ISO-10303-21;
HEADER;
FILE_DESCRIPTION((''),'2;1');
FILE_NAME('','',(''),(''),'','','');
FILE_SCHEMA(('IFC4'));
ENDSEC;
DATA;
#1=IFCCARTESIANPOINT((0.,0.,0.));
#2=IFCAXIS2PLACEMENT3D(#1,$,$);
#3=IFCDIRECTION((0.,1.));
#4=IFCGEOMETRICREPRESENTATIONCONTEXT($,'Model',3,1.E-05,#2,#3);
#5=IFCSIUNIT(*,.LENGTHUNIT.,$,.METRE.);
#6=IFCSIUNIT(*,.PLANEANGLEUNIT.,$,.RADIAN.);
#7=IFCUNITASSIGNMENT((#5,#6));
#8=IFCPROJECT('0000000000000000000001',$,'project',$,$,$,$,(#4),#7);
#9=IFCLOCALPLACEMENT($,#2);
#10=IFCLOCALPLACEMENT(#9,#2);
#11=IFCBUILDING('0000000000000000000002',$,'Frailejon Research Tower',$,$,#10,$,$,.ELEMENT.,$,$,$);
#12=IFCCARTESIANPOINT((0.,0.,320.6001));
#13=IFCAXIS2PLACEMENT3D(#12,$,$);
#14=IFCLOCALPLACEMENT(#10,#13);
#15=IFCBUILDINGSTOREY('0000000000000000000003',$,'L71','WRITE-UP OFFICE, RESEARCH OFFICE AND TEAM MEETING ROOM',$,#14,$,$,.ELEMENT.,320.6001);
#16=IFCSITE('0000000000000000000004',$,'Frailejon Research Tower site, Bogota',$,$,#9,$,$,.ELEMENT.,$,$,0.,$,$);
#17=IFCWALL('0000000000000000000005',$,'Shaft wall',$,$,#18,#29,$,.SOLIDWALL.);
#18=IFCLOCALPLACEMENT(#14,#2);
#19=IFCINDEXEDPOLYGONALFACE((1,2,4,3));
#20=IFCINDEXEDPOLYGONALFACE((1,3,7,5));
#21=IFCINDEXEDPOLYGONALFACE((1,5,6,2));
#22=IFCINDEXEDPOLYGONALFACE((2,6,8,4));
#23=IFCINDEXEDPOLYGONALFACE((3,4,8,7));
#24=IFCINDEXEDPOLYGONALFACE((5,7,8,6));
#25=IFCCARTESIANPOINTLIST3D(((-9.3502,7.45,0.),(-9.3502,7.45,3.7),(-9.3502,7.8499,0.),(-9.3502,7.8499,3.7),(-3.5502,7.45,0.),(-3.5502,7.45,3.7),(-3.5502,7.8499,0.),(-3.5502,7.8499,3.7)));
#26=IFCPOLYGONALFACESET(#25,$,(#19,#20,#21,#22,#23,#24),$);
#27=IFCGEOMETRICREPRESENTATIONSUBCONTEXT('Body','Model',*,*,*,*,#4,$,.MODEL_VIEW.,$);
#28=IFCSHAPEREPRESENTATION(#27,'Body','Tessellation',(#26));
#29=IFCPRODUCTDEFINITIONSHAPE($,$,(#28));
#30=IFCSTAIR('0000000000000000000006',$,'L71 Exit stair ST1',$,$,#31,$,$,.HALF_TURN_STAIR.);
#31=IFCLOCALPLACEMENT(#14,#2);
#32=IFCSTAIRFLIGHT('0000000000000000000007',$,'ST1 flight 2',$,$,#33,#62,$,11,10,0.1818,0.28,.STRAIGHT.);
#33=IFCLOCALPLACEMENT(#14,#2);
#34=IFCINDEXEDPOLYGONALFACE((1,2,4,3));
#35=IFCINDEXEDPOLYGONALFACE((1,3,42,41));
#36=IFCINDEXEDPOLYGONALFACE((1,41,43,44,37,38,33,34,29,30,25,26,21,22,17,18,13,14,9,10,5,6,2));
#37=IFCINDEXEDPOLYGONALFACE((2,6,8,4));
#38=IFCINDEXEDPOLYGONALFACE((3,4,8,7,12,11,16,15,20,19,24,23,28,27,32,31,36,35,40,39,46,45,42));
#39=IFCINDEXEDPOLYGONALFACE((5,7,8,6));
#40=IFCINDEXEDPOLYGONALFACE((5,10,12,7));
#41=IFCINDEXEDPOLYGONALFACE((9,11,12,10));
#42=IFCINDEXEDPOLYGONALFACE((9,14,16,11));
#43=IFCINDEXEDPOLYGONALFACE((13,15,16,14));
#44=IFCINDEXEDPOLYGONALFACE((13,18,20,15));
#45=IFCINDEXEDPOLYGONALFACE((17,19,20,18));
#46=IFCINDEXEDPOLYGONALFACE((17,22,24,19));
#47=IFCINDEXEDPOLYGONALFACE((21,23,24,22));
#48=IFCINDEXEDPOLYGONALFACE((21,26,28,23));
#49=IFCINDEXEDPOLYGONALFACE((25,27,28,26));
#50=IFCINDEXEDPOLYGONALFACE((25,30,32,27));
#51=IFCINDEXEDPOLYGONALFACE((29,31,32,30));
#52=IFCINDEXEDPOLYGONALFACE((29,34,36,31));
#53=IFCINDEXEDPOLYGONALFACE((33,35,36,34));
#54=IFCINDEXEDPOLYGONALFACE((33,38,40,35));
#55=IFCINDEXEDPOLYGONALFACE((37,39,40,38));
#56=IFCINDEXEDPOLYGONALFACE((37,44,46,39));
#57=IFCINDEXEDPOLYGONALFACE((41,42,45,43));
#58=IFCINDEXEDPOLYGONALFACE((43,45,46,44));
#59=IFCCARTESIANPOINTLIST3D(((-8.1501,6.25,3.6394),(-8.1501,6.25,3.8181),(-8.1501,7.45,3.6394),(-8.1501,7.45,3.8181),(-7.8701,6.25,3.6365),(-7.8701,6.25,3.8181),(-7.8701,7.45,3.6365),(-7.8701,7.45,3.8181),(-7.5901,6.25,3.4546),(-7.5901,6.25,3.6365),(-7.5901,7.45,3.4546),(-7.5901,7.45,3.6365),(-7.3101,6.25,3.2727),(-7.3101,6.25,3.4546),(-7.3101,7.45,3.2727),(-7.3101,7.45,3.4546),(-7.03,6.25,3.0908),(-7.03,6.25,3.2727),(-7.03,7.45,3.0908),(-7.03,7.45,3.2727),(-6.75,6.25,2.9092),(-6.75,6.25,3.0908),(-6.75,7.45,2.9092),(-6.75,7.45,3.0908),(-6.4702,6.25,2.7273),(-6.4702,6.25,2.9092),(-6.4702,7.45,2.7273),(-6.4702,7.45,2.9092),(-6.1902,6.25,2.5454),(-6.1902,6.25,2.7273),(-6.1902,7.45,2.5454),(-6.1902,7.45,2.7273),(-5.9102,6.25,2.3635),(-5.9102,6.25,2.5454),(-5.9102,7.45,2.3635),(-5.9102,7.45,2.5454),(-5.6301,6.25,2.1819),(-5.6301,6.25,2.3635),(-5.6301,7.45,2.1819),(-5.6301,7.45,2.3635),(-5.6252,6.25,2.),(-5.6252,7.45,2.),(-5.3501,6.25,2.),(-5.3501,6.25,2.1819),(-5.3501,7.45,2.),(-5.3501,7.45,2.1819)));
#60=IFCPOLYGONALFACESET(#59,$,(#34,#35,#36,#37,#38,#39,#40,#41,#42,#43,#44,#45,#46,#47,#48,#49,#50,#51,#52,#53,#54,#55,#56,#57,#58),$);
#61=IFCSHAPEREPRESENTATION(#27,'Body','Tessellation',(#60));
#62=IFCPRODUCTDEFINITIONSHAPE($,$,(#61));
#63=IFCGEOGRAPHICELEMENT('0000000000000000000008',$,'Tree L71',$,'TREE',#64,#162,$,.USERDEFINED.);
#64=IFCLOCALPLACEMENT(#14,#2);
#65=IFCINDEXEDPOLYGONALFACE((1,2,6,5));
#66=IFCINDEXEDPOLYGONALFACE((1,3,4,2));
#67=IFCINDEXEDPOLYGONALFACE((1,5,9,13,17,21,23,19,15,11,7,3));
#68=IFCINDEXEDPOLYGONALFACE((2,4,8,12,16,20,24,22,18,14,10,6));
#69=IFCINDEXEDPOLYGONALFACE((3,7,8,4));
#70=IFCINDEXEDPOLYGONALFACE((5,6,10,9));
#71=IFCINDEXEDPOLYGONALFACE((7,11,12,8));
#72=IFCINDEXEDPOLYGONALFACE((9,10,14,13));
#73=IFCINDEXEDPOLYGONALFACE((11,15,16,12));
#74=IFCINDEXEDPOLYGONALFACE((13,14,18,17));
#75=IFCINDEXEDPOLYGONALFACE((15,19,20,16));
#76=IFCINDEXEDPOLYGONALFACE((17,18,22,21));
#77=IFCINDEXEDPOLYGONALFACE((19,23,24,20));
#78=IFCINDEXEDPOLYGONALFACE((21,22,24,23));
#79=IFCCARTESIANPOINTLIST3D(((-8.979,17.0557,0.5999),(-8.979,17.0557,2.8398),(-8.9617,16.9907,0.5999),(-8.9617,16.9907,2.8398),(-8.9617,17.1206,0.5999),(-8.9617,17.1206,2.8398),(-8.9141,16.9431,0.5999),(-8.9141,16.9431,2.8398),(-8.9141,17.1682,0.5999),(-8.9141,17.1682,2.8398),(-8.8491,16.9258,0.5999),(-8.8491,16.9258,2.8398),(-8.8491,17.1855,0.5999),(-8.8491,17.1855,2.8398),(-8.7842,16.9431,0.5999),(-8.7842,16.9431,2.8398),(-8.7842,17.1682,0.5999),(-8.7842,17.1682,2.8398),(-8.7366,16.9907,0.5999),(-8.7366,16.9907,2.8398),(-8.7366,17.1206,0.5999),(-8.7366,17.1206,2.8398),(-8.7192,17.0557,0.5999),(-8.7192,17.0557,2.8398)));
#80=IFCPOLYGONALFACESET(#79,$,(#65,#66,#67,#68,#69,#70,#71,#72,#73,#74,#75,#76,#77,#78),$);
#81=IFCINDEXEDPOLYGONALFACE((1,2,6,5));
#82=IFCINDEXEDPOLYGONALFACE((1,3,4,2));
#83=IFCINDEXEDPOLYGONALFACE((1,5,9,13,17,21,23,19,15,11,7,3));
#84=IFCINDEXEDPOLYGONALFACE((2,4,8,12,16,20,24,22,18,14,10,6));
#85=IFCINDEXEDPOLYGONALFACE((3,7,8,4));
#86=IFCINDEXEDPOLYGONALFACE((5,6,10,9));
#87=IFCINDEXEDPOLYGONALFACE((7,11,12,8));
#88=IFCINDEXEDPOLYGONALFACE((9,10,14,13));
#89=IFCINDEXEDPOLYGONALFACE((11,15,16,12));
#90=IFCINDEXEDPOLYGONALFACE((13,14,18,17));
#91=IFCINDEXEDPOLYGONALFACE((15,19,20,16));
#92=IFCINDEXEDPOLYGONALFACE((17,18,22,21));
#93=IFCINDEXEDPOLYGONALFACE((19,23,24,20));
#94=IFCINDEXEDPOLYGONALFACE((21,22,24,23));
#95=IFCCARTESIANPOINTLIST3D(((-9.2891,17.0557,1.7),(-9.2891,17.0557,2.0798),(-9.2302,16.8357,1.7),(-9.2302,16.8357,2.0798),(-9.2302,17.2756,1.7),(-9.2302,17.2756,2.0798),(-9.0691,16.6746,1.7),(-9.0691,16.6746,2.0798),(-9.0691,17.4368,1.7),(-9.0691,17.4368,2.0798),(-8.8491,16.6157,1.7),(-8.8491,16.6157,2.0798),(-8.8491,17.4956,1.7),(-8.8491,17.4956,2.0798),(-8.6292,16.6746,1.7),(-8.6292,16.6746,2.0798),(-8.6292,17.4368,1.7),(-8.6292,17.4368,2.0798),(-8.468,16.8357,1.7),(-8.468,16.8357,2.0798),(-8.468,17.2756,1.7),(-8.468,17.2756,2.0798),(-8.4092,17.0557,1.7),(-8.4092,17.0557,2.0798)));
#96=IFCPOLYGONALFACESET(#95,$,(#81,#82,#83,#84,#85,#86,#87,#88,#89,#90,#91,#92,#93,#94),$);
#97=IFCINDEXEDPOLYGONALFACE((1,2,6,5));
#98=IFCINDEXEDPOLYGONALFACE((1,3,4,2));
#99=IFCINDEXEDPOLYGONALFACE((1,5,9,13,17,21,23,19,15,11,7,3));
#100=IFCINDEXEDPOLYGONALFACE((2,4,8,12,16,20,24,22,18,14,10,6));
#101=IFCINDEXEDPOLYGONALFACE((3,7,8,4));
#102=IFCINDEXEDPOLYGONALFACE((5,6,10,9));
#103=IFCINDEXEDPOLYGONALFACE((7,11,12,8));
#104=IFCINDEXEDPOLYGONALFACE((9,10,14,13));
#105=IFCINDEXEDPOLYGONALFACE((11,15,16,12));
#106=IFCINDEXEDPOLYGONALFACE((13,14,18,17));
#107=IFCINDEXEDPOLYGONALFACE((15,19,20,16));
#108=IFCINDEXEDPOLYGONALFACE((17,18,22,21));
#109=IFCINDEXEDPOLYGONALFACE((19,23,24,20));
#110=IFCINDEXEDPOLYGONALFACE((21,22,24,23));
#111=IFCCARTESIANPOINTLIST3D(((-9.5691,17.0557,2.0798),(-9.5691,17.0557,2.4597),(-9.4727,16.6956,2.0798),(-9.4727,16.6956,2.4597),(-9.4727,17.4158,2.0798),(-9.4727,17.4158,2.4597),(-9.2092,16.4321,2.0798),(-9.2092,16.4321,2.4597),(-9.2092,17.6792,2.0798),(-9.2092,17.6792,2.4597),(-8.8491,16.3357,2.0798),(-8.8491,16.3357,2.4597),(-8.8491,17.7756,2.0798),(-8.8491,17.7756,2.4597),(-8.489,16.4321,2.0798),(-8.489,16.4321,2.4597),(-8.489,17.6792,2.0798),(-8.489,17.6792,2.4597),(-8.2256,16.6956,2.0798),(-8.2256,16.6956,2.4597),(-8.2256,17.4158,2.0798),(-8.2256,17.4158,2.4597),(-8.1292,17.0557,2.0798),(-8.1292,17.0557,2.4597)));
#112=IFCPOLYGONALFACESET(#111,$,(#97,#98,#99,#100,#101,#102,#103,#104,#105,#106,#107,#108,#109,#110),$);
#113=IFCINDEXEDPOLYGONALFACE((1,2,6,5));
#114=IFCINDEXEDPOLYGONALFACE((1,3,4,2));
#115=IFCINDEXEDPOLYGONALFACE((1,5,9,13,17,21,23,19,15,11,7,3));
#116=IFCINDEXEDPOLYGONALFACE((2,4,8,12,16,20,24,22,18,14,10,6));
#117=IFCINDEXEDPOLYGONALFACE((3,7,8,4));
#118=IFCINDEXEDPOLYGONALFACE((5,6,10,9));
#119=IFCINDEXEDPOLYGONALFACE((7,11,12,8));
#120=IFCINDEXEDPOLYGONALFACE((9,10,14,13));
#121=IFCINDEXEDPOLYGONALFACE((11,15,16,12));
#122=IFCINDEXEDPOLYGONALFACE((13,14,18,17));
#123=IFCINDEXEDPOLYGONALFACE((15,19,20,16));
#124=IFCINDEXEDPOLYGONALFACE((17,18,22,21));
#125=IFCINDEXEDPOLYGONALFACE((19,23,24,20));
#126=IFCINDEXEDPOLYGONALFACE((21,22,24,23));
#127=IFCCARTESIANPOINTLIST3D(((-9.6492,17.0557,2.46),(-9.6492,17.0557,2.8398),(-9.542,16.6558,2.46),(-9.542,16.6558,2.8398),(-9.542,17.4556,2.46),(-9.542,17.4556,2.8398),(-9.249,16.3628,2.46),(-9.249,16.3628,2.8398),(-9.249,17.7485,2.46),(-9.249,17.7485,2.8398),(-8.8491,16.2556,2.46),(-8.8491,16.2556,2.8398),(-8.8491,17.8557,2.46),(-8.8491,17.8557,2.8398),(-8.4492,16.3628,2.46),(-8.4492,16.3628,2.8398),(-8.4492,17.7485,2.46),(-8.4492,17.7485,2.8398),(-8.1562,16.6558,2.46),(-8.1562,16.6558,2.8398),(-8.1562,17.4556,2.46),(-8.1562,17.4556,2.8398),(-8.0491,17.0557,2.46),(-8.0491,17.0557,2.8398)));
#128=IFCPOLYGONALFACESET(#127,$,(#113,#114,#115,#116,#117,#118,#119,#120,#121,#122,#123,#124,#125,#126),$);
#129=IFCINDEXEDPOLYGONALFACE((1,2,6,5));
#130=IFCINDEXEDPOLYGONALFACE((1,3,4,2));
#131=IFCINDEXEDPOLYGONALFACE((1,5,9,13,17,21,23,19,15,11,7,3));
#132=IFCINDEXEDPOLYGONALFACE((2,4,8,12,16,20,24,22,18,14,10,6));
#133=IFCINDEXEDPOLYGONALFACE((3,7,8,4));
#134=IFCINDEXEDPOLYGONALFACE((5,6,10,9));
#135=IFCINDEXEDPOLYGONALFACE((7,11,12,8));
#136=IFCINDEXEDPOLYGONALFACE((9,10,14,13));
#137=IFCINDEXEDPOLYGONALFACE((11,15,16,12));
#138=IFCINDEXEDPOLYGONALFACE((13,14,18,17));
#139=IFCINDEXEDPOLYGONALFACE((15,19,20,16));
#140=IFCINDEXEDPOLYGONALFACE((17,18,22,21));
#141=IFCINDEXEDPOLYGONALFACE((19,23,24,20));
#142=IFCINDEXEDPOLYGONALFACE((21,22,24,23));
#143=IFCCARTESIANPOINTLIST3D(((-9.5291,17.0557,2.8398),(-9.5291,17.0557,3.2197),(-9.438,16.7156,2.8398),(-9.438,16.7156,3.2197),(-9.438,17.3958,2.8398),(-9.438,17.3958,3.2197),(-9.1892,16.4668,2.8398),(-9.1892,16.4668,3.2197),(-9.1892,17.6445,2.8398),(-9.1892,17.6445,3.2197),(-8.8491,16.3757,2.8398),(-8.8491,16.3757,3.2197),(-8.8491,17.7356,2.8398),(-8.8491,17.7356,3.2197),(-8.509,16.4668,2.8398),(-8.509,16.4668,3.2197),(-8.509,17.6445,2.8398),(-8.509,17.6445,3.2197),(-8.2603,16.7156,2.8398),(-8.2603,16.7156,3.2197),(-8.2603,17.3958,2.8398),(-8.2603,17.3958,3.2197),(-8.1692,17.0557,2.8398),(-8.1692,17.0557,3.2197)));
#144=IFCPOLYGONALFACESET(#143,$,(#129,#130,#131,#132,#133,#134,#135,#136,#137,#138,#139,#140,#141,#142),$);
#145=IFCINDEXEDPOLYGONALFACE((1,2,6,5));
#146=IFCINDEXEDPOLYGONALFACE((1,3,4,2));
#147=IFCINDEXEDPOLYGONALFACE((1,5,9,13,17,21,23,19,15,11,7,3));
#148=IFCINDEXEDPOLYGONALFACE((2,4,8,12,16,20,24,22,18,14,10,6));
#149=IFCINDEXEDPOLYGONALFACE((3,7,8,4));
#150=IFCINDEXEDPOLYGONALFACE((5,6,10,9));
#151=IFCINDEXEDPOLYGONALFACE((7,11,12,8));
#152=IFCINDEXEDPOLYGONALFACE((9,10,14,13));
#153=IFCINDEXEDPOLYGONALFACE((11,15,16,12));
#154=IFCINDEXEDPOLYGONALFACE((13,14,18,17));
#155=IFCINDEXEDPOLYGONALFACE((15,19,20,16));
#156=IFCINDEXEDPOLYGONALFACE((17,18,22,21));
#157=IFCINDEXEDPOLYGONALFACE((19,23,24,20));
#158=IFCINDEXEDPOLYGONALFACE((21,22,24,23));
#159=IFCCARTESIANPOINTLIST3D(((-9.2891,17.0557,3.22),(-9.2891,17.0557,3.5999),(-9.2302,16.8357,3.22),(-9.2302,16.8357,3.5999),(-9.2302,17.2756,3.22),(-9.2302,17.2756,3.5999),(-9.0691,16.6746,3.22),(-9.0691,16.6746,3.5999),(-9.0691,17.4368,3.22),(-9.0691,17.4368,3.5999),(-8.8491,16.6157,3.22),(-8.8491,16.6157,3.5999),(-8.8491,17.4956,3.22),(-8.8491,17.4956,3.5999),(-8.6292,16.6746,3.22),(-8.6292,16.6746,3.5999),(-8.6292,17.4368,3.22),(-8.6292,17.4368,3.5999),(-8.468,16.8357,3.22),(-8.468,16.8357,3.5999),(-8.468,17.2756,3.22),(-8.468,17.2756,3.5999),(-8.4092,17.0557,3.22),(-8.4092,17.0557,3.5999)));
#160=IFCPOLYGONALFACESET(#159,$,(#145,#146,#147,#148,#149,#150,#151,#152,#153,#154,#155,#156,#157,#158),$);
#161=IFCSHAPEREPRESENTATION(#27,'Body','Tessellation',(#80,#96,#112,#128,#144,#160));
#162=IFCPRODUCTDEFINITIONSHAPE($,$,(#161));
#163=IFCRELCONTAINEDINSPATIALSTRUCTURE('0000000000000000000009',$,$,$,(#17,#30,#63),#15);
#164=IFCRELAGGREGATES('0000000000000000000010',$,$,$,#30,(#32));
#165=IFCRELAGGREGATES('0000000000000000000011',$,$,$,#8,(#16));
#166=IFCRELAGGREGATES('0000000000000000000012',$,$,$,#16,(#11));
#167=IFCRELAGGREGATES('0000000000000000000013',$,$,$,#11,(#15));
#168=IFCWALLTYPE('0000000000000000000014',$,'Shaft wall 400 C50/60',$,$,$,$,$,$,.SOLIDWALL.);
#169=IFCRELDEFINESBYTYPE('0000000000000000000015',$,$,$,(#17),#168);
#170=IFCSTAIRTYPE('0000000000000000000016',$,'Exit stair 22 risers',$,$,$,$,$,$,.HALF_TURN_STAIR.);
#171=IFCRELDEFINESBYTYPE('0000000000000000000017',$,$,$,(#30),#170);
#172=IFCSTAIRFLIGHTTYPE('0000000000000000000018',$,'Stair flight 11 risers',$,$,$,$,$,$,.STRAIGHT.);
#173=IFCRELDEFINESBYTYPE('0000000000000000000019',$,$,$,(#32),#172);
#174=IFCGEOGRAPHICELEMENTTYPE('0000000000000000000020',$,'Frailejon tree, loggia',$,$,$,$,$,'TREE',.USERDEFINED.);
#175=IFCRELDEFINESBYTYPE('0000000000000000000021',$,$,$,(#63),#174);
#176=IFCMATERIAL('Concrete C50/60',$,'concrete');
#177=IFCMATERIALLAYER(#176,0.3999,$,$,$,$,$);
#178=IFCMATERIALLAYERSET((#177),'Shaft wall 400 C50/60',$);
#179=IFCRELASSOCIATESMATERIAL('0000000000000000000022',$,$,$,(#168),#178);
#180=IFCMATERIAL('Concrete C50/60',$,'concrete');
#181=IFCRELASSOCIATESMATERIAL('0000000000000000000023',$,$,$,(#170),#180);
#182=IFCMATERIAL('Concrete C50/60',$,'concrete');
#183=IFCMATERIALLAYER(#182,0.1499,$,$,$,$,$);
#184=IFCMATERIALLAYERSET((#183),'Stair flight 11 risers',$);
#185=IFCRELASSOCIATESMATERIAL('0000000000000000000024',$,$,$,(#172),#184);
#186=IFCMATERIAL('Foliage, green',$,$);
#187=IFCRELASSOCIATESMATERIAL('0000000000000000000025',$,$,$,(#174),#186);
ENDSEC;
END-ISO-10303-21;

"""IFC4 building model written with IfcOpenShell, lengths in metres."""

from ifc_helpers import new_model, si_unit, direction, frame, frame_2d, origin, place, context, subcontext, project, spatial, polyline, rectangle, outline, extrude, material, layer, layer_set, type_object, element, aggregate, save


model = new_model("IFC4")

# Units and contexts
model_context = context("Model", 3, precision=1e-05, world=origin(), true_north=direction((0.0, 1.0)))
body_context = subcontext(model_context, "Body", "Model", "MODEL_VIEW")
ifc_project = project(units=[si_unit("LENGTHUNIT", "METRE"), si_unit("PLANEANGLEUNIT", "RADIAN")], contexts=[model_context])

# Site, building, storey
site_placement = place(None, origin())
site = spatial("IfcSite", under=ifc_project, at=site_placement, Name="Frailejon Research Tower site, Bogota", CompositionType="ELEMENT", RefElevation=0.0)
building_placement = place(site_placement, origin())
building = spatial("IfcBuilding", under=site, at=building_placement, Name="Frailejon Research Tower", CompositionType="ELEMENT")
storey_placement = place(building_placement, frame((0.0, 0.0, 320.6001)))
storey = spatial("IfcBuildingStorey", under=building, at=storey_placement, Name="L71", Description="WRITE-UP OFFICE, RESEARCH OFFICE AND TEAM MEETING ROOM", CompositionType="ELEMENT", Elevation=320.6001)

# Wall
ifc_material_1 = material(Name="Concrete C50/60", Category="concrete")
ifc_layer_1 = layer(ifc_material_1, 0.3999)
ifc_layer_set_1 = layer_set([ifc_layer_1], Name="Shaft wall 400 C50/60")
wall_type_1 = type_object("IfcWallType", Name="Shaft wall 400 C50/60", PredefinedType="SOLIDWALL", material=ifc_layer_set_1)
wall_1_placement = place(storey_placement, frame((-9.3501, 7.6499, 0.0), z_axis=(0.0, 0.0, 1.0), x_axis=(1.0, 0.0, 0.0)))
element("IfcWall", 1, at=wall_1_placement, inside=storey, type_object=wall_type_1, Name="Shaft wall", PredefinedType="SOLIDWALL", context=body_context, shape_type="SweptSolid", body=[
    extrude(rectangle(XDim=5.8, YDim=0.3999, at=frame_2d((2.8999, 0.0))), origin(), (0.0, 0.0, 1.0), 3.7),
])

# Stair, stair flight
ifc_material_2 = material(Name="Concrete C50/60", Category="concrete")
stair_type = type_object("IfcStairType", Name="Exit stair 22 risers", PredefinedType="HALF_TURN_STAIR", material=ifc_material_2)
stair_placement = place(storey_placement, origin())
stair = element("IfcStair", 2, at=stair_placement, inside=storey, type_object=stair_type, Name="L71 Exit stair ST1", PredefinedType="HALF_TURN_STAIR")
ifc_material_3 = material(Name="Concrete C50/60", Category="concrete")
ifc_layer_2 = layer(ifc_material_3, 0.1499)
ifc_layer_set_2 = layer_set([ifc_layer_2], Name="Stair flight 11 risers")
stair_flight_type = type_object("IfcStairFlightType", Name="Stair flight 11 risers", PredefinedType="STRAIGHT", material=ifc_layer_set_2)
stair_flight_placement = place(storey_placement, frame((-5.3501, 6.8501, 2.0), z_axis=(0.0, 0.0, 1.0), x_axis=(-1.0, 0.0, 0.0)))
stair_flight = element("IfcStairFlight", 3, at=stair_flight_placement, type_object=stair_flight_type, Name="ST1 flight 2", NumberOfRisers=11, NumberOfTreads=10, PredefinedType="STRAIGHT", RiserHeight=0.1818, TreadLength=0.28, context=body_context, shape_type="SweptSolid", body=[
    extrude(outline(polyline([(0.0, 0.0), (0.0, 0.1819), (0.28, 0.1819), (0.28, 0.3635), (0.5601, 0.3635), (0.5601, 0.5454), (0.8401, 0.5454), (0.8401, 0.7273), (1.1201, 0.7273), (1.1201, 0.9092), (1.3999, 0.9092), (1.3999, 1.0908), (1.6799, 1.0908), (1.6799, 1.2727), (1.96, 1.2727), (1.96, 1.4546), (2.24, 1.4546), (2.24, 1.6365), (2.52, 1.6365), (2.52, 1.8181), (2.8, 1.8181), (2.8, 2.0), (2.8, 1.6394), (0.2751, 0.0), (0.0, 0.0)])), frame((0.0, 0.6001, 0.0), z_axis=(0.0, -1.0, 0.0), x_axis=(1.0, 0.0, 0.0)), (0.0, 0.0, 1.0), 1.2),
])
aggregate(stair, [stair_flight])

# Geographic element
ifc_material_4 = material(Name="Foliage, green")
geographic_element_type = type_object("IfcGeographicElementType", Name="Frailejon tree, loggia", ElementType="TREE", PredefinedType="USERDEFINED", material=ifc_material_4)
geographic_element_placement = place(storey_placement, frame((-8.8491, 17.0557, 0.5999)))
element("IfcGeographicElement", 4, at=geographic_element_placement, inside=storey, type_object=geographic_element_type, Name="Tree L71", ObjectType="TREE", PredefinedType="USERDEFINED", context=body_context, shape_type="SweptSolid", body=[
    extrude(outline(polyline([(0.1299, 0.0), (0.1125, 0.0649), (0.0649, 0.1125), (0.0, 0.1299), (-0.0649, 0.1125), (-0.1125, 0.0649), (-0.1299, 0.0), (-0.1125, -0.0649), (-0.0649, -0.1125), (0.0, -0.1299), (0.0649, -0.1125), (0.1125, -0.0649), (0.1299, 0.0)])), origin(), (0.0, 0.0, 1.0), 2.24),
    extrude(outline(polyline([(0.4399, 0.0), (0.3811, 0.22), (0.22, 0.3811), (0.0, 0.4399), (-0.22, 0.3811), (-0.3811, 0.22), (-0.4399, 0.0), (-0.3811, -0.22), (-0.22, -0.3811), (0.0, -0.4399), (0.22, -0.3811), (0.3811, -0.22), (0.4399, 0.0)])), frame((0.0, 0.0, 1.1001)), (0.0, 0.0, 1.0), 0.3799),
    extrude(outline(polyline([(0.72, 0.0), (0.6235, 0.3601), (0.3601, 0.6235), (0.0, 0.72), (-0.3601, 0.6235), (-0.6235, 0.3601), (-0.72, 0.0), (-0.6235, -0.3601), (-0.3601, -0.6235), (0.0, -0.72), (0.3601, -0.6235), (0.6235, -0.3601), (0.72, 0.0)])), frame((0.0, 0.0, 1.48)), (0.0, 0.0, 1.0), 0.3799),
    extrude(outline(polyline([(0.8, 0.0), (0.6929, 0.3999), (0.3999, 0.6929), (0.0, 0.8), (-0.3999, 0.6929), (-0.6929, 0.3999), (-0.8, 0.0), (-0.6929, -0.3999), (-0.3999, -0.6929), (0.0, -0.8), (0.3999, -0.6929), (0.6929, -0.3999), (0.8, 0.0)])), frame((0.0, 0.0, 1.8601)), (0.0, 0.0, 1.0), 0.3799),
    extrude(outline(polyline([(0.6799, 0.0), (0.5889, 0.3401), (0.3401, 0.5889), (0.0, 0.6799), (-0.3401, 0.5889), (-0.5889, 0.3401), (-0.6799, 0.0), (-0.5889, -0.3401), (-0.3401, -0.5889), (0.0, -0.6799), (0.3401, -0.5889), (0.5889, -0.3401), (0.6799, 0.0)])), frame((0.0, 0.0, 2.24)), (0.0, 0.0, 1.0), 0.3799),
    extrude(outline(polyline([(0.4399, 0.0), (0.3811, 0.22), (0.22, 0.3811), (0.0, 0.4399), (-0.22, 0.3811), (-0.3811, 0.22), (-0.4399, 0.0), (-0.3811, -0.22), (-0.22, -0.3811), (0.0, -0.4399), (0.22, -0.3811), (0.3811, -0.22), (0.4399, 0.0)])), frame((0.0, 0.0, 2.6201)), (0.0, 0.0, 1.0), 0.3799),
])

save(model, "model.ifc")
